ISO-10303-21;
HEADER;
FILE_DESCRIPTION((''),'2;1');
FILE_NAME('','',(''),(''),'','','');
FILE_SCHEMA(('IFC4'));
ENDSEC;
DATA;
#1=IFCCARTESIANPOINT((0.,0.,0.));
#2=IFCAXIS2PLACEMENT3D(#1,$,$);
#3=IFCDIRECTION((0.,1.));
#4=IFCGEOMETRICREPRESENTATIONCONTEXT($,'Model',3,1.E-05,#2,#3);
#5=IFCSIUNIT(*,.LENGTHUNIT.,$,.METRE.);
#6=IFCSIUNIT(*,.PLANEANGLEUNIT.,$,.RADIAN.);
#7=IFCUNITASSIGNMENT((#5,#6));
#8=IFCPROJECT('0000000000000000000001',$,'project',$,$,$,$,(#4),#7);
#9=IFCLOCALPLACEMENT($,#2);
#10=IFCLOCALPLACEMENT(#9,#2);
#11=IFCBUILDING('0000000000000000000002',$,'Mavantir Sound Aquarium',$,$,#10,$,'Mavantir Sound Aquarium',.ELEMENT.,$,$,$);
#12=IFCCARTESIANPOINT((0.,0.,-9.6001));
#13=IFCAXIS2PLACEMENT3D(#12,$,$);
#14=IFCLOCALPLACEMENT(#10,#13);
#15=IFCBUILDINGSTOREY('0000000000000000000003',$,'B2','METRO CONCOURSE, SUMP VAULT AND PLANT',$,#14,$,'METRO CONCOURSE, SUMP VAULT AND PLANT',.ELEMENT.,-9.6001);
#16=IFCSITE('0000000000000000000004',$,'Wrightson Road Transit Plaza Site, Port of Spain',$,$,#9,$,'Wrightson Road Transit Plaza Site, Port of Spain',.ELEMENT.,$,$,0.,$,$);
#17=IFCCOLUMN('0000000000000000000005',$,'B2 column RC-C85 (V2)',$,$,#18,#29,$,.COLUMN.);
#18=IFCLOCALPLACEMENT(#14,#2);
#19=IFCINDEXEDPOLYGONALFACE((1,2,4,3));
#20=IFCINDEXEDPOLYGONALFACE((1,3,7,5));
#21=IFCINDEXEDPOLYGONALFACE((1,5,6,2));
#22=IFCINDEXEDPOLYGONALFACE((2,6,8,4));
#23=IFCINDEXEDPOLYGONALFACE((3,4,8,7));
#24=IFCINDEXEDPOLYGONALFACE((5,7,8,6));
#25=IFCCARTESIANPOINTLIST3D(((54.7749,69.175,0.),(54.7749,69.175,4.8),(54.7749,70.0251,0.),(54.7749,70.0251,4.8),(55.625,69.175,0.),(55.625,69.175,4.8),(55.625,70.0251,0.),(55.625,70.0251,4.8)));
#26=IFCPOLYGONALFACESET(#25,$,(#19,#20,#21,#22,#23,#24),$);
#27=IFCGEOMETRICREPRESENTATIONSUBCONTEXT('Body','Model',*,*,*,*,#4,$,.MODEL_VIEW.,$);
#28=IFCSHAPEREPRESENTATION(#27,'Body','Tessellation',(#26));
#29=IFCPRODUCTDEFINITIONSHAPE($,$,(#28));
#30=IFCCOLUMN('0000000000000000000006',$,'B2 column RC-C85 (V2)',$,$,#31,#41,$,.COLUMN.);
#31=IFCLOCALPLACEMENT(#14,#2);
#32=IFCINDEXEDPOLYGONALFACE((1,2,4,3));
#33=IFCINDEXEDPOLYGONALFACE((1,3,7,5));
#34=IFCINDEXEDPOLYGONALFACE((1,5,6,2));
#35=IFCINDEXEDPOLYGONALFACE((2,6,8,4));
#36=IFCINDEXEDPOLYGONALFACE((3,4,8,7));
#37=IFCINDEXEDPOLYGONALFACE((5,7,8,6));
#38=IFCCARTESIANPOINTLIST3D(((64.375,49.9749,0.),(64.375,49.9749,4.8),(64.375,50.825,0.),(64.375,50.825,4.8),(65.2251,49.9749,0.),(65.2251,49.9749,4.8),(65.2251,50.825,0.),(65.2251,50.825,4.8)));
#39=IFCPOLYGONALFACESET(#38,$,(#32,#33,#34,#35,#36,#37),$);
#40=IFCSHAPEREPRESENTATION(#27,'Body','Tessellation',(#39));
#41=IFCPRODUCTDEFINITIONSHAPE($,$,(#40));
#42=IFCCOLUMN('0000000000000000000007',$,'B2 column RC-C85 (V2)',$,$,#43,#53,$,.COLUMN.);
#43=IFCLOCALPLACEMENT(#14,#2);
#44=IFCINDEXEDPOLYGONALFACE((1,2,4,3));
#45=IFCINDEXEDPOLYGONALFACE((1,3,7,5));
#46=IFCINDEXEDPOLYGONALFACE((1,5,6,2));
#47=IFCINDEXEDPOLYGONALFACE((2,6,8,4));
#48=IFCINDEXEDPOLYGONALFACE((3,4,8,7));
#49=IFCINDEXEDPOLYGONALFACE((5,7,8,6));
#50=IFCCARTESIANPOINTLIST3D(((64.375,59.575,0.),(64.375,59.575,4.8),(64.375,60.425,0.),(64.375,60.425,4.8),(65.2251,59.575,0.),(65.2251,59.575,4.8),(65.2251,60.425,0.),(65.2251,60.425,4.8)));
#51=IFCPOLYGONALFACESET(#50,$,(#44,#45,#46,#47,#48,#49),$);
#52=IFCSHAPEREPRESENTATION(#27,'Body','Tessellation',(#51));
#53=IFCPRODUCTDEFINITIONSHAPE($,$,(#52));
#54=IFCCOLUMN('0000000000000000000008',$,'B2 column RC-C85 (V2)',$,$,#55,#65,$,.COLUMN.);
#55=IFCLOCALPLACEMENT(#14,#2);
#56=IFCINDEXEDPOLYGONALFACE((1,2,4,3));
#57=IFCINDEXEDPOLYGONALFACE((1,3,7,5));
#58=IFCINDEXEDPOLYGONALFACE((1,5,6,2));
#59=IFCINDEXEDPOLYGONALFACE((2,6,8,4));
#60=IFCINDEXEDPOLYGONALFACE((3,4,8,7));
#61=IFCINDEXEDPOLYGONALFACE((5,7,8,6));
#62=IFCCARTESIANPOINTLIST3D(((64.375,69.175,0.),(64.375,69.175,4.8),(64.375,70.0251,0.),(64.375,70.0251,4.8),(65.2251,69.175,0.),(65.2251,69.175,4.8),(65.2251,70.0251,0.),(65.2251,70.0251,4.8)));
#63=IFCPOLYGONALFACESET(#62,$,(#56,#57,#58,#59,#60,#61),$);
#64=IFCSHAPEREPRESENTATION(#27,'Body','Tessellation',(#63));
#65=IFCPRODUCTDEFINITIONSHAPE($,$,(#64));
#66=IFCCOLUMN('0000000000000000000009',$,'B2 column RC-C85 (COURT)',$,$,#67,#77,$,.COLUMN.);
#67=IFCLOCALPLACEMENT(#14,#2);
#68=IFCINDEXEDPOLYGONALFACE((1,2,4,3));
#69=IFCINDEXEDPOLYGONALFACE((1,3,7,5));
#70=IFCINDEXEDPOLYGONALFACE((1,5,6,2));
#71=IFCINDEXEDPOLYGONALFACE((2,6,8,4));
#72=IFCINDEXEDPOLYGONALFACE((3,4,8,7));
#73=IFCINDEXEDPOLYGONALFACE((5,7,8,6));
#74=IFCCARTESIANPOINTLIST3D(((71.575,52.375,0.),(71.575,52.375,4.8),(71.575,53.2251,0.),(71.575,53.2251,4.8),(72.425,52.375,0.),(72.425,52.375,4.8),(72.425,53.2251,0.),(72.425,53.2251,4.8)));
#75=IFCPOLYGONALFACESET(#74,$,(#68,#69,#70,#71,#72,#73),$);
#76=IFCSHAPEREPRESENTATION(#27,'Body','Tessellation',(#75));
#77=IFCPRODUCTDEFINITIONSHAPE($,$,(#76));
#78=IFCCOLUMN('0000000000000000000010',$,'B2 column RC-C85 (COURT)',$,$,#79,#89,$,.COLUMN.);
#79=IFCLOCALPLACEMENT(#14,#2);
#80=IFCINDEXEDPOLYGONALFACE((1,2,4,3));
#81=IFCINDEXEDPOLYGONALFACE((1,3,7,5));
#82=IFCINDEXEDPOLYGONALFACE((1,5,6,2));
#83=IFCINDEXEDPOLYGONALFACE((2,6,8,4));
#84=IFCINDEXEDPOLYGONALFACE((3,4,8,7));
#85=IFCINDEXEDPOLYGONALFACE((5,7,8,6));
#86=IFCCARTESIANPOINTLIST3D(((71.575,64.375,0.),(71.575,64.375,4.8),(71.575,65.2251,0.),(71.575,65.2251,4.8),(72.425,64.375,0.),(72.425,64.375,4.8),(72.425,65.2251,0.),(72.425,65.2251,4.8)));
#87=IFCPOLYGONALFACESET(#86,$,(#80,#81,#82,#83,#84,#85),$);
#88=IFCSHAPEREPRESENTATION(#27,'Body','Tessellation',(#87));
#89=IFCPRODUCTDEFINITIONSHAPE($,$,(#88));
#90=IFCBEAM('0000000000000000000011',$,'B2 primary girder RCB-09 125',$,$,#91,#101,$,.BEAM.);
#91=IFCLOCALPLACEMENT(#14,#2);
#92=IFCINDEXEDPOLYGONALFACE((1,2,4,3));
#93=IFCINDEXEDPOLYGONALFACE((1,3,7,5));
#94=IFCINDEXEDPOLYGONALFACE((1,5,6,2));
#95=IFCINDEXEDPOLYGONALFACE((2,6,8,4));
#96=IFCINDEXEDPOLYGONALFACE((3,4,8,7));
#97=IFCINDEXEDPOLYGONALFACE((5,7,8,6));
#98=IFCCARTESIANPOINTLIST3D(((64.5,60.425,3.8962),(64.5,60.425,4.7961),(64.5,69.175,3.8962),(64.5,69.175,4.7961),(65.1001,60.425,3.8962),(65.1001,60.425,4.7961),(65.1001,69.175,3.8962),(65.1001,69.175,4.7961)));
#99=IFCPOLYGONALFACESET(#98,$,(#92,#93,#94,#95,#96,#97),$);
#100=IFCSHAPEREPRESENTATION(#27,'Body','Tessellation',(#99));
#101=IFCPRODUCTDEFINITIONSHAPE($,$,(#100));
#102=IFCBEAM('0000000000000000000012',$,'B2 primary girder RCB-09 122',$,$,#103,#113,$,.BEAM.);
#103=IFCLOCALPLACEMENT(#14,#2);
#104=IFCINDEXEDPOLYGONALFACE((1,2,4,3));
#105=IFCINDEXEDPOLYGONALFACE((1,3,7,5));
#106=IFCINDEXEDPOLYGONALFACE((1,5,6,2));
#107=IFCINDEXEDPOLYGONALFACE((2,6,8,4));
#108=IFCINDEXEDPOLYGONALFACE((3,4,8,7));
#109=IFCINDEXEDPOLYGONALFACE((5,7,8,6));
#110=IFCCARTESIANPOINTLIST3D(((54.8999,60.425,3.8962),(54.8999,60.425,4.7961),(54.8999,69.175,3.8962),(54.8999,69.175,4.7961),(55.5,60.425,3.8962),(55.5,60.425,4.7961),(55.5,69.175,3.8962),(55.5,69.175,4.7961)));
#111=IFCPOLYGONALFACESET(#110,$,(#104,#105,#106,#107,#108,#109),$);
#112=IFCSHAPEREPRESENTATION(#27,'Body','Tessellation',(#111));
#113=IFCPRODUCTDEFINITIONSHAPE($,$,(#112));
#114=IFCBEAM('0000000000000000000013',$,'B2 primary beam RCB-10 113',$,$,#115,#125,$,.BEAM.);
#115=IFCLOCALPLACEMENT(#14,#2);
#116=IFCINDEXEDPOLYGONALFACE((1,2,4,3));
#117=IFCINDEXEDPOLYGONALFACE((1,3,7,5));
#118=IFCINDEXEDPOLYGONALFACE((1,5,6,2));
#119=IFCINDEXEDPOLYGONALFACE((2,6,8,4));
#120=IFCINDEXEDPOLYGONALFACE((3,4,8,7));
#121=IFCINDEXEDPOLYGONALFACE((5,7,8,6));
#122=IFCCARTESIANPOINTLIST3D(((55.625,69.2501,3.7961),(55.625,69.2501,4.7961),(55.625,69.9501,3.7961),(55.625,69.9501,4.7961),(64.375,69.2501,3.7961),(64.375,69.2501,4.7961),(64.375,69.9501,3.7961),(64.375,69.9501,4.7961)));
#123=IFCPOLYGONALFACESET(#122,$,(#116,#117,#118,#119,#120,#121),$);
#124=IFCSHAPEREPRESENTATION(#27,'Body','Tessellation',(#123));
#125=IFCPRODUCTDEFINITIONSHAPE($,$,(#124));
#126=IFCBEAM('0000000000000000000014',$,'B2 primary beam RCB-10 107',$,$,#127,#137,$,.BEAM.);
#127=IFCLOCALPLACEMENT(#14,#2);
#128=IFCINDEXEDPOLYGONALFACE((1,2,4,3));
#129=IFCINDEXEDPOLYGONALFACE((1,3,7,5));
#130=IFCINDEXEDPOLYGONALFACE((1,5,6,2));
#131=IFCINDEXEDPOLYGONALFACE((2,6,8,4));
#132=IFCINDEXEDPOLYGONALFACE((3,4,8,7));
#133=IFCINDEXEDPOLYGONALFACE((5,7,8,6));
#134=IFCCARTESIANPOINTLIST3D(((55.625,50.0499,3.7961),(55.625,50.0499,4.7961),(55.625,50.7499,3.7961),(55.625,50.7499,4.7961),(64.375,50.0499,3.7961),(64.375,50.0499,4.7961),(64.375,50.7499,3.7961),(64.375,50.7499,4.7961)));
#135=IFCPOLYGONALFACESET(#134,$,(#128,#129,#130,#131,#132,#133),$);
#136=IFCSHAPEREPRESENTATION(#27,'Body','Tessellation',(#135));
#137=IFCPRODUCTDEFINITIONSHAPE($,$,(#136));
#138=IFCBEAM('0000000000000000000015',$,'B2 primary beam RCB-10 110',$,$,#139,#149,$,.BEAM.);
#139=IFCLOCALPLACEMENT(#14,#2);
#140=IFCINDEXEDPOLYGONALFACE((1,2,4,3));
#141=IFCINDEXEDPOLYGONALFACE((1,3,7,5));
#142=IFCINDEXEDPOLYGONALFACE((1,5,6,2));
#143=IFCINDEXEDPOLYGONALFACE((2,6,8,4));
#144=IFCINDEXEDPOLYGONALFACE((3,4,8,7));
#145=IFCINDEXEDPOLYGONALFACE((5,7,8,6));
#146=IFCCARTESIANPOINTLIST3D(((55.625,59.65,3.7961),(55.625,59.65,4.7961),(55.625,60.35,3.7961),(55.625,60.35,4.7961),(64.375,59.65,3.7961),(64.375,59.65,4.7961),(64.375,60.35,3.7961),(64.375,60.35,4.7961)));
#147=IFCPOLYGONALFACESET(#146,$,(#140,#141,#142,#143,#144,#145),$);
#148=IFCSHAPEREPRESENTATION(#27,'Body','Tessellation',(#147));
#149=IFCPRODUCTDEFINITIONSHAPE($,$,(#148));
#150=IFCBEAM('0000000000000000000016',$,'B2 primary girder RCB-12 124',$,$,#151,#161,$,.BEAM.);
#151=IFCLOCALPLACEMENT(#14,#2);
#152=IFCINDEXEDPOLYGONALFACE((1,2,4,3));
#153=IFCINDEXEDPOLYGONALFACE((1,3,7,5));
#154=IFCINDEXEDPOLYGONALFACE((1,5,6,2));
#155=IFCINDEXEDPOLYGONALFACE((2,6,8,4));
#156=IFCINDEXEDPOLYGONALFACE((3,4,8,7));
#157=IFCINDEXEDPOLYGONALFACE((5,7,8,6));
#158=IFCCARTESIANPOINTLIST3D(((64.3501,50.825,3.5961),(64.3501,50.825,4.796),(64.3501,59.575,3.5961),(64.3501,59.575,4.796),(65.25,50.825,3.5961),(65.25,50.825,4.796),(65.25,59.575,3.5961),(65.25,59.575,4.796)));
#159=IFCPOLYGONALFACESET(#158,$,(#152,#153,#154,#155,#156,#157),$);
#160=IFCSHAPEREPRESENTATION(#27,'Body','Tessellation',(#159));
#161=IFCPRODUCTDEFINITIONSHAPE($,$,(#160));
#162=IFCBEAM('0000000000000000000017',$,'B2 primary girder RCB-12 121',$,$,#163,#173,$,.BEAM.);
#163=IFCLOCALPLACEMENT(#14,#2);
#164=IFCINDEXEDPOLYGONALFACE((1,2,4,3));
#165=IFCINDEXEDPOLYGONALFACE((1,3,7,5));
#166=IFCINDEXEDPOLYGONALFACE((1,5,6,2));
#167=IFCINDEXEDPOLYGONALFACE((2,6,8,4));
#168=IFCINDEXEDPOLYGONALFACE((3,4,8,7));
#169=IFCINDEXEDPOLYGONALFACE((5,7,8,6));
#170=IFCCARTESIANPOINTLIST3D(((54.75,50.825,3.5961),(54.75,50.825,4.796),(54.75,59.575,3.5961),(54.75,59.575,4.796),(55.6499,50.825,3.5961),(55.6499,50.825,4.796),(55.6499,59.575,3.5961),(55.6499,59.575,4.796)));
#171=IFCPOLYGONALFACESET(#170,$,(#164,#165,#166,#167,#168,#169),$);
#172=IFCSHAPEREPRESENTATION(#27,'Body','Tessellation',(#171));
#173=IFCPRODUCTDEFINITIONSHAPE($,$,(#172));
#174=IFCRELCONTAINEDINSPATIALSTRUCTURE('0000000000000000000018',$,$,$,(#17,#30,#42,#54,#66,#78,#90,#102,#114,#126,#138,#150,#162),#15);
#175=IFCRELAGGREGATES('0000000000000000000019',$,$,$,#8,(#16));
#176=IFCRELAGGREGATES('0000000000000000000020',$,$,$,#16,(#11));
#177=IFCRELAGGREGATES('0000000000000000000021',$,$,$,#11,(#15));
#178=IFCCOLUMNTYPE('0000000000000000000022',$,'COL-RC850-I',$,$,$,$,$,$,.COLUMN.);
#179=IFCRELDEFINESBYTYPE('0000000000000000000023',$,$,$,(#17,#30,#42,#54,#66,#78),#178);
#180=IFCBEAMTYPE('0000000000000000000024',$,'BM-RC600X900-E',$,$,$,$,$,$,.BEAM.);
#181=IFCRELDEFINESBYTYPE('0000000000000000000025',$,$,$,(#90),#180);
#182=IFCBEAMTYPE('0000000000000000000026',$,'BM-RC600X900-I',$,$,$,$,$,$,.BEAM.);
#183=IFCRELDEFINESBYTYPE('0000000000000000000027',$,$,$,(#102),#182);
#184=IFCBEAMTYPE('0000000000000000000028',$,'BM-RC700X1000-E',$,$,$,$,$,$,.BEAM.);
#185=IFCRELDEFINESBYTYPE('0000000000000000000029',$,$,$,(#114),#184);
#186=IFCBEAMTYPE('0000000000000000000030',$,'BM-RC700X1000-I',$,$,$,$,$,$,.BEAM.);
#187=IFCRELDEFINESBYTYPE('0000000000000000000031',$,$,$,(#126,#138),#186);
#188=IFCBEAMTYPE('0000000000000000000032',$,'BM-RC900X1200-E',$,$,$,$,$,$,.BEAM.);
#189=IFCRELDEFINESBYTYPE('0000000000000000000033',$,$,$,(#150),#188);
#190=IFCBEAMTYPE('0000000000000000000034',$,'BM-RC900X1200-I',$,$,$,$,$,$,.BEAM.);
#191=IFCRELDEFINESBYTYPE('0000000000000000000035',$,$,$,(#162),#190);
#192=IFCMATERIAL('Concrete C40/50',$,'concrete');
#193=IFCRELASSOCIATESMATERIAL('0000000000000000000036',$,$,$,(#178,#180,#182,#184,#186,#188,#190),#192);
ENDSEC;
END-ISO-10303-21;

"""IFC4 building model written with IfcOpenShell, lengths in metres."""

from ifc_helpers import new_model, si_unit, direction, frame, origin, origin_2d, place, context, subcontext, project, spatial, rectangle, extrude, material, material_profile, profile_set, type_object, element, save


model = new_model("IFC4")

# Units and contexts
model_context = context("Model", 3, precision=1e-05, world=origin(), true_north=direction((0.0, 1.0)))
body_context = subcontext(model_context, "Body", "Model", "MODEL_VIEW")
ifc_project = project(units=[si_unit("LENGTHUNIT", "METRE"), si_unit("PLANEANGLEUNIT", "RADIAN")], contexts=[model_context])

# Site, building, storey
site_placement = place(None, origin())
site = spatial("IfcSite", under=ifc_project, at=site_placement, Name="Wrightson Road Transit Plaza Site, Port of Spain", LongName="Wrightson Road Transit Plaza Site, Port of Spain", CompositionType="ELEMENT", RefElevation=0.0)
building_placement = place(site_placement, origin())
building = spatial("IfcBuilding", under=site, at=building_placement, Name="Mavantir Sound Aquarium", LongName="Mavantir Sound Aquarium", CompositionType="ELEMENT")
storey_placement = place(building_placement, frame((0.0, 0.0, -9.6001)))
storey = spatial("IfcBuildingStorey", under=building, at=storey_placement, Name="B2", Description="METRO CONCOURSE, SUMP VAULT AND PLANT", LongName="METRO CONCOURSE, SUMP VAULT AND PLANT", CompositionType="ELEMENT", Elevation=-9.6001)

# Shared definitions
ifc_material_1 = material(Name="Concrete C40/50", Category="concrete")

# Columns
ifc_material_profile_1 = material_profile(ifc_material_1, rectangle(XDim=0.8501, YDim=0.8501, at=origin_2d()), Name="RC 850X850")
ifc_profile_set_1 = profile_set([ifc_material_profile_1], Name="Concrete C40/50")
column_type = type_object("IfcColumnType", Name="COL-RC850-I", PredefinedType="COLUMN", material=ifc_profile_set_1)
for number, where, z_axis, x_axis, name in (
    (1, (55.2, 69.6001, 0.0), (0.0, 0.0, 1.0), (1.0, 0.0, 0.0), "B2 column RC-C85 (V2)"),
    (2, (64.8, 50.3999, 0.0), (0.0, 0.0, 1.0), (1.0, 0.0, 0.0), "B2 column RC-C85 (V2)"),
    (3, (64.8, 60.0, 0.0), (0.0, 0.0, 1.0), (1.0, 0.0, 0.0), "B2 column RC-C85 (V2)"),
    (4, (64.8, 69.6001, 0.0), (0.0, 0.0, 1.0), (1.0, 0.0, 0.0), "B2 column RC-C85 (V2)"),
    (5, (72.0, 52.8, 0.0), (0.0, 0.0, 1.0), (1.0, 0.0, 0.0), "B2 column RC-C85 (COURT)"),
    (6, (72.0, 64.8, 0.0), (0.0, 0.0, 1.0), (1.0, 0.0, 0.0), "B2 column RC-C85 (COURT)"),
):
    element("IfcColumn", number, at=place(storey_placement, frame(where, z_axis=z_axis, x_axis=x_axis)), inside=storey, type_object=column_type, Name=name, PredefinedType="COLUMN", context=body_context, shape_type="SweptSolid", body=[
        extrude(rectangle(XDim=0.8501, YDim=0.8501, at=origin_2d()), origin(), (0.0, 0.0, 1.0), 4.8),
    ])

# Beams
ifc_material_profile_2 = material_profile(ifc_material_1, rectangle(XDim=0.6001, YDim=0.8999, at=origin_2d()), Name="RC 600X900")
ifc_profile_set_2 = profile_set([ifc_material_profile_2], Name="Concrete C40/50")
beam_type_1 = type_object("IfcBeamType", Name="BM-RC600X900-E", PredefinedType="BEAM", material=ifc_profile_set_2)
beam_1_placement = place(storey_placement, frame((64.8, 60.425, 4.3462), z_axis=(0.0, 1.0, 0.0), x_axis=(-1.0, 0.0, 0.0)))
element("IfcBeam", 7, at=beam_1_placement, inside=storey, type_object=beam_type_1, Name="B2 primary girder RCB-09 125", PredefinedType="BEAM", context=body_context, shape_type="SweptSolid", body=[
    extrude(rectangle(XDim=0.6001, YDim=0.8999, at=origin_2d()), origin(), (0.0, 0.0, 1.0), 8.75),
])
ifc_material_profile_3 = material_profile(ifc_material_1, rectangle(XDim=0.6001, YDim=0.8999, at=origin_2d()), Name="RC 600X900")
ifc_profile_set_3 = profile_set([ifc_material_profile_3], Name="Concrete C40/50")
beam_type_2 = type_object("IfcBeamType", Name="BM-RC600X900-I", PredefinedType="BEAM", material=ifc_profile_set_3)
beam_2_placement = place(storey_placement, frame((55.2, 60.425, 4.3462), z_axis=(0.0, 1.0, 0.0), x_axis=(-1.0, 0.0, 0.0)))
element("IfcBeam", 8, at=beam_2_placement, inside=storey, type_object=beam_type_2, Name="B2 primary girder RCB-09 122", PredefinedType="BEAM", context=body_context, shape_type="SweptSolid", body=[
    extrude(rectangle(XDim=0.6001, YDim=0.8999, at=origin_2d()), origin(), (0.0, 0.0, 1.0), 8.75),
])
ifc_material_profile_4 = material_profile(ifc_material_1, rectangle(XDim=0.7, YDim=1.0, at=origin_2d()), Name="RC 700X1000")
ifc_profile_set_4 = profile_set([ifc_material_profile_4], Name="Concrete C40/50")
beam_type_3 = type_object("IfcBeamType", Name="BM-RC700X1000-E", PredefinedType="BEAM", material=ifc_profile_set_4)
beam_3_placement = place(storey_placement, frame((55.625, 69.6001, 4.2961), z_axis=(1.0, 0.0, 0.0), x_axis=(0.0, 1.0, 0.0)))
element("IfcBeam", 9, at=beam_3_placement, inside=storey, type_object=beam_type_3, Name="B2 primary beam RCB-10 113", PredefinedType="BEAM", context=body_context, shape_type="SweptSolid", body=[
    extrude(rectangle(XDim=0.7, YDim=1.0, at=origin_2d()), origin(), (0.0, 0.0, 1.0), 8.75),
])
ifc_material_profile_5 = material_profile(ifc_material_1, rectangle(XDim=0.7, YDim=1.0, at=origin_2d()), Name="RC 700X1000")
ifc_profile_set_5 = profile_set([ifc_material_profile_5], Name="Concrete C40/50")
beam_type_4 = type_object("IfcBeamType", Name="BM-RC700X1000-I", PredefinedType="BEAM", material=ifc_profile_set_5)
for number, where, z_axis, x_axis, name in (
    (10, (55.625, 50.3999, 4.2961), (1.0, 0.0, 0.0), (0.0, 1.0, 0.0), "B2 primary beam RCB-10 107"),
    (11, (55.625, 60.0, 4.2961), (1.0, 0.0, 0.0), (0.0, 1.0, 0.0), "B2 primary beam RCB-10 110"),
):
    element("IfcBeam", number, at=place(storey_placement, frame(where, z_axis=z_axis, x_axis=x_axis)), inside=storey, type_object=beam_type_4, Name=name, PredefinedType="BEAM", context=body_context, shape_type="SweptSolid", body=[
        extrude(rectangle(XDim=0.7, YDim=1.0, at=origin_2d()), origin(), (0.0, 0.0, 1.0), 8.75),
    ])
ifc_material_profile_6 = material_profile(ifc_material_1, rectangle(XDim=0.8999, YDim=1.2, at=origin_2d()), Name="RC 900X1200")
ifc_profile_set_6 = profile_set([ifc_material_profile_6], Name="Concrete C40/50")
beam_type_5 = type_object("IfcBeamType", Name="BM-RC900X1200-E", PredefinedType="BEAM", material=ifc_profile_set_6)
beam_4_placement = place(storey_placement, frame((64.8, 50.825, 4.196), z_axis=(0.0, 1.0, 0.0), x_axis=(-1.0, 0.0, 0.0)))
element("IfcBeam", 12, at=beam_4_placement, inside=storey, type_object=beam_type_5, Name="B2 primary girder RCB-12 124", PredefinedType="BEAM", context=body_context, shape_type="SweptSolid", body=[
    extrude(rectangle(XDim=0.8999, YDim=1.2, at=origin_2d()), origin(), (0.0, 0.0, 1.0), 8.75),
])
ifc_material_profile_7 = material_profile(ifc_material_1, rectangle(XDim=0.8999, YDim=1.2, at=origin_2d()), Name="RC 900X1200")
ifc_profile_set_7 = profile_set([ifc_material_profile_7], Name="Concrete C40/50")
beam_type_6 = type_object("IfcBeamType", Name="BM-RC900X1200-I", PredefinedType="BEAM", material=ifc_profile_set_7)
beam_5_placement = place(storey_placement, frame((55.2, 50.825, 4.196), z_axis=(0.0, 1.0, 0.0), x_axis=(-1.0, 0.0, 0.0)))
element("IfcBeam", 13, at=beam_5_placement, inside=storey, type_object=beam_type_6, Name="B2 primary girder RCB-12 121", PredefinedType="BEAM", context=body_context, shape_type="SweptSolid", body=[
    extrude(rectangle(XDim=0.8999, YDim=1.2, at=origin_2d()), origin(), (0.0, 0.0, 1.0), 8.75),
])

save(model, "model.ifc")
